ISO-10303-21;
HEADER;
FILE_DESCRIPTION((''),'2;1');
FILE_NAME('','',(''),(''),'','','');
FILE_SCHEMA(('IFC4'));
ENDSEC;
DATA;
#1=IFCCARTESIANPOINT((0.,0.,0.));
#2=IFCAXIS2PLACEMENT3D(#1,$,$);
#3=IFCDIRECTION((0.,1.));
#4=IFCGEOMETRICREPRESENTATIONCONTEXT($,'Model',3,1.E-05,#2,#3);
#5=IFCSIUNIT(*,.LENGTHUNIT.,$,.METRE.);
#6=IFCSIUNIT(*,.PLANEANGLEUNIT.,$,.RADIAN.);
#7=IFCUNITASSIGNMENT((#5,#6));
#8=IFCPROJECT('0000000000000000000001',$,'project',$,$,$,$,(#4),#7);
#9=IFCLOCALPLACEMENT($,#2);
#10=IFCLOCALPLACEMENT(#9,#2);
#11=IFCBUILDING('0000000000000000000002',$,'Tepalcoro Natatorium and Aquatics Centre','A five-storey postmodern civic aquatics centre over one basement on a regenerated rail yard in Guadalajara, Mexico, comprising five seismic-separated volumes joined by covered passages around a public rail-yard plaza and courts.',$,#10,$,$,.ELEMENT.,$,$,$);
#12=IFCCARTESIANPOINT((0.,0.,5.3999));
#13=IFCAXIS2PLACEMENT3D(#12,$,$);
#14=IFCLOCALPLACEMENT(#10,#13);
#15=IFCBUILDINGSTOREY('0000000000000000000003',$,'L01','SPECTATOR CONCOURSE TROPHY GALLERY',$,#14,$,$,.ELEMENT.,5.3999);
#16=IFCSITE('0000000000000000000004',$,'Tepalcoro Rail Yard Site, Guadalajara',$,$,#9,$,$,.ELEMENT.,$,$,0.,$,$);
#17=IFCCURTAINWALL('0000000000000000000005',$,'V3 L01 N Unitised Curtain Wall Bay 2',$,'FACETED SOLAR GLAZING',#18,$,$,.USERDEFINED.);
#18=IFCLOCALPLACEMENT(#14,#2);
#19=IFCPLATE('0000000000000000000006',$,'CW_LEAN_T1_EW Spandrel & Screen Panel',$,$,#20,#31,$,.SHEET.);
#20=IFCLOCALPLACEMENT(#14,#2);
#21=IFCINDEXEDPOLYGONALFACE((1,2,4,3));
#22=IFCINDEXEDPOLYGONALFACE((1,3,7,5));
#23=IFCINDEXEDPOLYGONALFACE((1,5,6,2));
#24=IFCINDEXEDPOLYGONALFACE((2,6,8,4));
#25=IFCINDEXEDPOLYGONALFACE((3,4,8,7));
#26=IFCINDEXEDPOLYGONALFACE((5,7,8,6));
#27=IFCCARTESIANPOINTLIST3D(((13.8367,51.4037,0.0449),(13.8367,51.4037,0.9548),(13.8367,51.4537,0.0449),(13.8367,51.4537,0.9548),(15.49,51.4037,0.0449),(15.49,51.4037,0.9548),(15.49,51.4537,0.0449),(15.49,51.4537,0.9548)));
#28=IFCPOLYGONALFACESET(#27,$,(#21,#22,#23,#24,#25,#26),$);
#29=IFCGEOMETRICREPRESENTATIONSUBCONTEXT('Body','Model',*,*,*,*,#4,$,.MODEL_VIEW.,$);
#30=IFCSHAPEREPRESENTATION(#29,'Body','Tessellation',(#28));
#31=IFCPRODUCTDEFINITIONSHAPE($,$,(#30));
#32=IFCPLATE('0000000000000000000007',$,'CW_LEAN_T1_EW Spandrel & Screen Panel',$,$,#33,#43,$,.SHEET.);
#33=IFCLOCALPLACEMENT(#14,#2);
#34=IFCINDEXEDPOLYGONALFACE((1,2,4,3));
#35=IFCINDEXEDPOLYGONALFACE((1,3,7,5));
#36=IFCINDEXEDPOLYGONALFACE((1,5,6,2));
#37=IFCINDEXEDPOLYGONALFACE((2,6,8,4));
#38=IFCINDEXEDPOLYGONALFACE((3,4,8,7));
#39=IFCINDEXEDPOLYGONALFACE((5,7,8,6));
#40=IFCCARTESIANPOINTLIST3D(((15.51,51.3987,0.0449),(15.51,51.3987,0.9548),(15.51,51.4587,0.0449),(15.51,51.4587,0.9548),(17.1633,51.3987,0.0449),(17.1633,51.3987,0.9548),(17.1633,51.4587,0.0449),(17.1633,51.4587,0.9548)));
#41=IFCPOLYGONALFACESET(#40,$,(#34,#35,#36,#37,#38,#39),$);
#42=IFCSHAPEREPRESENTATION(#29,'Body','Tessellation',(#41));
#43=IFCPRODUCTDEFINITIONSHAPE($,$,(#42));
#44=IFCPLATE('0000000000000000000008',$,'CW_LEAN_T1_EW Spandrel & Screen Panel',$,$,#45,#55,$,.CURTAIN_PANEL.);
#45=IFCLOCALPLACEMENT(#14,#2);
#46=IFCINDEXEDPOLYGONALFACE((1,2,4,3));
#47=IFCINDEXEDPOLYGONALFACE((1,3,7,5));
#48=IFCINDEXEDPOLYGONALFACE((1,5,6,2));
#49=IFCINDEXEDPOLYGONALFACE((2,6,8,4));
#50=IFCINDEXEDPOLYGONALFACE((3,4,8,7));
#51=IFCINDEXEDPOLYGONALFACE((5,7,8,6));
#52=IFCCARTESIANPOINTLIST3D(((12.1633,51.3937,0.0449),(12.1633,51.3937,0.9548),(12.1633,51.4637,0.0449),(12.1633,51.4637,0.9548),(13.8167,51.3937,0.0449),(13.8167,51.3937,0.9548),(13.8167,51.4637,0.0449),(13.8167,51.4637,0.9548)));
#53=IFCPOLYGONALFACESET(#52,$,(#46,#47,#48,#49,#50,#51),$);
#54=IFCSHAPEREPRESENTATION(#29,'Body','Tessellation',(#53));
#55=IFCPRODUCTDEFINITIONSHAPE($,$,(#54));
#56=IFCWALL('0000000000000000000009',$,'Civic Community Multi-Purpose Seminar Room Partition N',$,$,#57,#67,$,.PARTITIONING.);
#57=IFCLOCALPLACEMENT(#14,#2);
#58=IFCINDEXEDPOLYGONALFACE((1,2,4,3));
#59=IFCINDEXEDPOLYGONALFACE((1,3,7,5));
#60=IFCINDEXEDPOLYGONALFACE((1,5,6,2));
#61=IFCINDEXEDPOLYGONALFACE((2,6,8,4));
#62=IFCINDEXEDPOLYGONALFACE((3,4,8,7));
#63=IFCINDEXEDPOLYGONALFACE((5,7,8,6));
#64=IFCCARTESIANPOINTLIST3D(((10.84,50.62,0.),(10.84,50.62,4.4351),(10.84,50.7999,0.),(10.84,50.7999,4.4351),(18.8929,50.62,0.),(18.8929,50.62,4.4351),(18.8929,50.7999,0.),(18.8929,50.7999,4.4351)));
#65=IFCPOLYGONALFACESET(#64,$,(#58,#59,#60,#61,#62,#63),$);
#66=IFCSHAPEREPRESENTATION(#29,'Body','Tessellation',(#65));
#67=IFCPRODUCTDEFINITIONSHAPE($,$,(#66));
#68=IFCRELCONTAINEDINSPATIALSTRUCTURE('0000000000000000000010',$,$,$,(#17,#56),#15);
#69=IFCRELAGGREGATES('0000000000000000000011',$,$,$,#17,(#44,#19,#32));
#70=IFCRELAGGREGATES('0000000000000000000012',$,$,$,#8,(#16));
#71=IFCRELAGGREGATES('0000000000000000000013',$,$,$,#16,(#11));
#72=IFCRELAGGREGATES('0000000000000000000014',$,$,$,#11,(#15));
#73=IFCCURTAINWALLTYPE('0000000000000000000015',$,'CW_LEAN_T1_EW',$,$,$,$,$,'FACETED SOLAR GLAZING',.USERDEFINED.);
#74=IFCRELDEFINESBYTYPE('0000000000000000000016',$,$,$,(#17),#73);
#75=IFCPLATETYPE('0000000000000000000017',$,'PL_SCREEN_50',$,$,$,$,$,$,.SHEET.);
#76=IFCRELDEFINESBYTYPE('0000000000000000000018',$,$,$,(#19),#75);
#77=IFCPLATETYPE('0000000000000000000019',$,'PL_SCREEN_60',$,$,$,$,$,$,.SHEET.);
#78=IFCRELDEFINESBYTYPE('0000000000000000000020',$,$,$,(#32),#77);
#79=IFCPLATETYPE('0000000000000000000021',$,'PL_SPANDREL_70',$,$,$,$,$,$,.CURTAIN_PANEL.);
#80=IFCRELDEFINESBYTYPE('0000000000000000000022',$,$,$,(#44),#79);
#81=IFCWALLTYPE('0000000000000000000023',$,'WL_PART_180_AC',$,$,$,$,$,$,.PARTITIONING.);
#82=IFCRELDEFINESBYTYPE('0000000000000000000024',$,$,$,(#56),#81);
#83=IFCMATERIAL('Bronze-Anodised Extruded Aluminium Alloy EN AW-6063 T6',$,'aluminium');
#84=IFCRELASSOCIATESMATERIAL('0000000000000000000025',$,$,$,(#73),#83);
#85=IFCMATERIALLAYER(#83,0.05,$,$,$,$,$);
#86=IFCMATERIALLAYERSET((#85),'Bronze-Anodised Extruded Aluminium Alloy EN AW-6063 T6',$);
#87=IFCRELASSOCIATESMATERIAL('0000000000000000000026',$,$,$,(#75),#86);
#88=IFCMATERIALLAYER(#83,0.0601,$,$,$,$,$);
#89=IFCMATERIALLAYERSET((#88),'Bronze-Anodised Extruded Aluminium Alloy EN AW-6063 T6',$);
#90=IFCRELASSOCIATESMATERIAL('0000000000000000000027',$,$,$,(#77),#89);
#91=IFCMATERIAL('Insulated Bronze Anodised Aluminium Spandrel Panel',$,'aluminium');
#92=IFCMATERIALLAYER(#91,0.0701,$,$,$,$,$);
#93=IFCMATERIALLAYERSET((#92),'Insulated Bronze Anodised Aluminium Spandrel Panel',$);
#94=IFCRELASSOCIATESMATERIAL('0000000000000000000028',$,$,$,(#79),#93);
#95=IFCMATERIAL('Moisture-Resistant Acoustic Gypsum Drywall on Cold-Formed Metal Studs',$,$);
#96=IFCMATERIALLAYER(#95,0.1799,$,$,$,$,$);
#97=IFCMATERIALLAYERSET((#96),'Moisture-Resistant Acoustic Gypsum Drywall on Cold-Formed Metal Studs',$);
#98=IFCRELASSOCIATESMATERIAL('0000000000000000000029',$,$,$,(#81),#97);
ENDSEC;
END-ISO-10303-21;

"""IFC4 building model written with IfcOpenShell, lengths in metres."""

from ifc_helpers import new_model, si_unit, direction, frame, frame_2d, origin, origin_2d, place, context, subcontext, project, spatial, rectangle, extrude, material, layer, layer_set, type_object, element, aggregate, save


model = new_model("IFC4")

# Units and contexts
model_context = context("Model", 3, precision=1e-05, world=origin(), true_north=direction((0.0, 1.0)))
body_context = subcontext(model_context, "Body", "Model", "MODEL_VIEW")
ifc_project = project(units=[si_unit("LENGTHUNIT", "METRE"), si_unit("PLANEANGLEUNIT", "RADIAN")], contexts=[model_context])

# Site, building, storey
site_placement = place(None, origin())
site = spatial("IfcSite", under=ifc_project, at=site_placement, Name="Tepalcoro Rail Yard Site, Guadalajara", CompositionType="ELEMENT", RefElevation=0.0)
building_placement = place(site_placement, origin())
building = spatial("IfcBuilding", under=site, at=building_placement, Name="Tepalcoro Natatorium and Aquatics Centre", Description="A five-storey postmodern civic aquatics centre over one basement on a regenerated rail yard in Guadalajara, Mexico, comprising five seismic-separated volumes joined by covered passages around a public rail-yard plaza and courts.", CompositionType="ELEMENT")
storey_placement = place(building_placement, frame((0.0, 0.0, 5.3999)))
storey = spatial("IfcBuildingStorey", under=building, at=storey_placement, Name="L01", Description="SPECTATOR CONCOURSE TROPHY GALLERY", CompositionType="ELEMENT", Elevation=5.3999)

# Curtain wall
ifc_material_1 = material(Name="Bronze-Anodised Extruded Aluminium Alloy EN AW-6063 T6", Category="aluminium")
curtain_wall_type = type_object("IfcCurtainWallType", Name="CW_LEAN_T1_EW", ElementType="FACETED SOLAR GLAZING", PredefinedType="USERDEFINED", material=ifc_material_1)
curtain_wall_placement = place(storey_placement, origin())
curtain_wall = element("IfcCurtainWall", 1, at=curtain_wall_placement, inside=storey, type_object=curtain_wall_type, Name="V3 L01 N Unitised Curtain Wall Bay 2", ObjectType="FACETED SOLAR GLAZING", PredefinedType="USERDEFINED")

# Plates
ifc_layer_1 = layer(ifc_material_1, 0.05)
ifc_layer_set_1 = layer_set([ifc_layer_1], Name="Bronze-Anodised Extruded Aluminium Alloy EN AW-6063 T6")
plate_type_1 = type_object("IfcPlateType", Name="PL_SCREEN_50", PredefinedType="SHEET", material=ifc_layer_set_1)
plate_1_placement = place(storey_placement, frame((14.6633, 51.4287, 0.0449), z_axis=(0.0, 0.0, 1.0), x_axis=(1.0, 0.0, 0.0)))
plate_1 = element("IfcPlate", 2, at=plate_1_placement, type_object=plate_type_1, Name="CW_LEAN_T1_EW Spandrel & Screen Panel", PredefinedType="SHEET", context=body_context, shape_type="SweptSolid", body=[
    extrude(rectangle(XDim=1.6533, YDim=0.05, at=origin_2d()), origin(), (0.0, 0.0, 1.0), 0.9099),
])
ifc_layer_2 = layer(ifc_material_1, 0.0601)
ifc_layer_set_2 = layer_set([ifc_layer_2], Name="Bronze-Anodised Extruded Aluminium Alloy EN AW-6063 T6")
plate_type_2 = type_object("IfcPlateType", Name="PL_SCREEN_60", PredefinedType="SHEET", material=ifc_layer_set_2)
plate_2_placement = place(storey_placement, frame((16.3367, 51.4287, 0.0449), z_axis=(0.0, 0.0, 1.0), x_axis=(1.0, 0.0, 0.0)))
plate_2 = element("IfcPlate", 3, at=plate_2_placement, type_object=plate_type_2, Name="CW_LEAN_T1_EW Spandrel & Screen Panel", PredefinedType="SHEET", context=body_context, shape_type="SweptSolid", body=[
    extrude(rectangle(XDim=1.6533, YDim=0.0601, at=origin_2d()), origin(), (0.0, 0.0, 1.0), 0.9099),
])
ifc_material_2 = material(Name="Insulated Bronze Anodised Aluminium Spandrel Panel", Category="aluminium")
ifc_layer_3 = layer(ifc_material_2, 0.0701)
ifc_layer_set_3 = layer_set([ifc_layer_3], Name="Insulated Bronze Anodised Aluminium Spandrel Panel")
plate_type_3 = type_object("IfcPlateType", Name="PL_SPANDREL_70", PredefinedType="CURTAIN_PANEL", material=ifc_layer_set_3)
plate_3_placement = place(storey_placement, frame((12.99, 51.4287, 0.0449), z_axis=(0.0, 0.0, 1.0), x_axis=(1.0, 0.0, 0.0)))
plate_3 = element("IfcPlate", 4, at=plate_3_placement, type_object=plate_type_3, Name="CW_LEAN_T1_EW Spandrel & Screen Panel", PredefinedType="CURTAIN_PANEL", context=body_context, shape_type="SweptSolid", body=[
    extrude(rectangle(XDim=1.6533, YDim=0.0701, at=origin_2d()), origin(), (0.0, 0.0, 1.0), 0.9099),
])
aggregate(curtain_wall, [plate_3, plate_1, plate_2])

# Wall
ifc_material_3 = material(Name="Moisture-Resistant Acoustic Gypsum Drywall on Cold-Formed Metal Studs")
ifc_layer_4 = layer(ifc_material_3, 0.1799)
ifc_layer_set_4 = layer_set([ifc_layer_4], Name="Moisture-Resistant Acoustic Gypsum Drywall on Cold-Formed Metal Studs")
wall_type = type_object("IfcWallType", Name="WL_PART_180_AC", PredefinedType="PARTITIONING", material=ifc_layer_set_4)
wall_placement = place(storey_placement, frame((10.8401, 50.71, 0.0), z_axis=(0.0, 0.0, 1.0), x_axis=(1.0, 0.0, 0.0)))
element("IfcWall", 5, at=wall_placement, inside=storey, type_object=wall_type, Name="Civic Community Multi-Purpose Seminar Room Partition N", PredefinedType="PARTITIONING", context=body_context, shape_type="SweptSolid", body=[
    extrude(rectangle(XDim=8.053, YDim=0.1799, at=frame_2d((4.0264, 0.0))), origin(), (0.0, 0.0, 1.0), 4.4351),
])

save(model, "model.ifc")
